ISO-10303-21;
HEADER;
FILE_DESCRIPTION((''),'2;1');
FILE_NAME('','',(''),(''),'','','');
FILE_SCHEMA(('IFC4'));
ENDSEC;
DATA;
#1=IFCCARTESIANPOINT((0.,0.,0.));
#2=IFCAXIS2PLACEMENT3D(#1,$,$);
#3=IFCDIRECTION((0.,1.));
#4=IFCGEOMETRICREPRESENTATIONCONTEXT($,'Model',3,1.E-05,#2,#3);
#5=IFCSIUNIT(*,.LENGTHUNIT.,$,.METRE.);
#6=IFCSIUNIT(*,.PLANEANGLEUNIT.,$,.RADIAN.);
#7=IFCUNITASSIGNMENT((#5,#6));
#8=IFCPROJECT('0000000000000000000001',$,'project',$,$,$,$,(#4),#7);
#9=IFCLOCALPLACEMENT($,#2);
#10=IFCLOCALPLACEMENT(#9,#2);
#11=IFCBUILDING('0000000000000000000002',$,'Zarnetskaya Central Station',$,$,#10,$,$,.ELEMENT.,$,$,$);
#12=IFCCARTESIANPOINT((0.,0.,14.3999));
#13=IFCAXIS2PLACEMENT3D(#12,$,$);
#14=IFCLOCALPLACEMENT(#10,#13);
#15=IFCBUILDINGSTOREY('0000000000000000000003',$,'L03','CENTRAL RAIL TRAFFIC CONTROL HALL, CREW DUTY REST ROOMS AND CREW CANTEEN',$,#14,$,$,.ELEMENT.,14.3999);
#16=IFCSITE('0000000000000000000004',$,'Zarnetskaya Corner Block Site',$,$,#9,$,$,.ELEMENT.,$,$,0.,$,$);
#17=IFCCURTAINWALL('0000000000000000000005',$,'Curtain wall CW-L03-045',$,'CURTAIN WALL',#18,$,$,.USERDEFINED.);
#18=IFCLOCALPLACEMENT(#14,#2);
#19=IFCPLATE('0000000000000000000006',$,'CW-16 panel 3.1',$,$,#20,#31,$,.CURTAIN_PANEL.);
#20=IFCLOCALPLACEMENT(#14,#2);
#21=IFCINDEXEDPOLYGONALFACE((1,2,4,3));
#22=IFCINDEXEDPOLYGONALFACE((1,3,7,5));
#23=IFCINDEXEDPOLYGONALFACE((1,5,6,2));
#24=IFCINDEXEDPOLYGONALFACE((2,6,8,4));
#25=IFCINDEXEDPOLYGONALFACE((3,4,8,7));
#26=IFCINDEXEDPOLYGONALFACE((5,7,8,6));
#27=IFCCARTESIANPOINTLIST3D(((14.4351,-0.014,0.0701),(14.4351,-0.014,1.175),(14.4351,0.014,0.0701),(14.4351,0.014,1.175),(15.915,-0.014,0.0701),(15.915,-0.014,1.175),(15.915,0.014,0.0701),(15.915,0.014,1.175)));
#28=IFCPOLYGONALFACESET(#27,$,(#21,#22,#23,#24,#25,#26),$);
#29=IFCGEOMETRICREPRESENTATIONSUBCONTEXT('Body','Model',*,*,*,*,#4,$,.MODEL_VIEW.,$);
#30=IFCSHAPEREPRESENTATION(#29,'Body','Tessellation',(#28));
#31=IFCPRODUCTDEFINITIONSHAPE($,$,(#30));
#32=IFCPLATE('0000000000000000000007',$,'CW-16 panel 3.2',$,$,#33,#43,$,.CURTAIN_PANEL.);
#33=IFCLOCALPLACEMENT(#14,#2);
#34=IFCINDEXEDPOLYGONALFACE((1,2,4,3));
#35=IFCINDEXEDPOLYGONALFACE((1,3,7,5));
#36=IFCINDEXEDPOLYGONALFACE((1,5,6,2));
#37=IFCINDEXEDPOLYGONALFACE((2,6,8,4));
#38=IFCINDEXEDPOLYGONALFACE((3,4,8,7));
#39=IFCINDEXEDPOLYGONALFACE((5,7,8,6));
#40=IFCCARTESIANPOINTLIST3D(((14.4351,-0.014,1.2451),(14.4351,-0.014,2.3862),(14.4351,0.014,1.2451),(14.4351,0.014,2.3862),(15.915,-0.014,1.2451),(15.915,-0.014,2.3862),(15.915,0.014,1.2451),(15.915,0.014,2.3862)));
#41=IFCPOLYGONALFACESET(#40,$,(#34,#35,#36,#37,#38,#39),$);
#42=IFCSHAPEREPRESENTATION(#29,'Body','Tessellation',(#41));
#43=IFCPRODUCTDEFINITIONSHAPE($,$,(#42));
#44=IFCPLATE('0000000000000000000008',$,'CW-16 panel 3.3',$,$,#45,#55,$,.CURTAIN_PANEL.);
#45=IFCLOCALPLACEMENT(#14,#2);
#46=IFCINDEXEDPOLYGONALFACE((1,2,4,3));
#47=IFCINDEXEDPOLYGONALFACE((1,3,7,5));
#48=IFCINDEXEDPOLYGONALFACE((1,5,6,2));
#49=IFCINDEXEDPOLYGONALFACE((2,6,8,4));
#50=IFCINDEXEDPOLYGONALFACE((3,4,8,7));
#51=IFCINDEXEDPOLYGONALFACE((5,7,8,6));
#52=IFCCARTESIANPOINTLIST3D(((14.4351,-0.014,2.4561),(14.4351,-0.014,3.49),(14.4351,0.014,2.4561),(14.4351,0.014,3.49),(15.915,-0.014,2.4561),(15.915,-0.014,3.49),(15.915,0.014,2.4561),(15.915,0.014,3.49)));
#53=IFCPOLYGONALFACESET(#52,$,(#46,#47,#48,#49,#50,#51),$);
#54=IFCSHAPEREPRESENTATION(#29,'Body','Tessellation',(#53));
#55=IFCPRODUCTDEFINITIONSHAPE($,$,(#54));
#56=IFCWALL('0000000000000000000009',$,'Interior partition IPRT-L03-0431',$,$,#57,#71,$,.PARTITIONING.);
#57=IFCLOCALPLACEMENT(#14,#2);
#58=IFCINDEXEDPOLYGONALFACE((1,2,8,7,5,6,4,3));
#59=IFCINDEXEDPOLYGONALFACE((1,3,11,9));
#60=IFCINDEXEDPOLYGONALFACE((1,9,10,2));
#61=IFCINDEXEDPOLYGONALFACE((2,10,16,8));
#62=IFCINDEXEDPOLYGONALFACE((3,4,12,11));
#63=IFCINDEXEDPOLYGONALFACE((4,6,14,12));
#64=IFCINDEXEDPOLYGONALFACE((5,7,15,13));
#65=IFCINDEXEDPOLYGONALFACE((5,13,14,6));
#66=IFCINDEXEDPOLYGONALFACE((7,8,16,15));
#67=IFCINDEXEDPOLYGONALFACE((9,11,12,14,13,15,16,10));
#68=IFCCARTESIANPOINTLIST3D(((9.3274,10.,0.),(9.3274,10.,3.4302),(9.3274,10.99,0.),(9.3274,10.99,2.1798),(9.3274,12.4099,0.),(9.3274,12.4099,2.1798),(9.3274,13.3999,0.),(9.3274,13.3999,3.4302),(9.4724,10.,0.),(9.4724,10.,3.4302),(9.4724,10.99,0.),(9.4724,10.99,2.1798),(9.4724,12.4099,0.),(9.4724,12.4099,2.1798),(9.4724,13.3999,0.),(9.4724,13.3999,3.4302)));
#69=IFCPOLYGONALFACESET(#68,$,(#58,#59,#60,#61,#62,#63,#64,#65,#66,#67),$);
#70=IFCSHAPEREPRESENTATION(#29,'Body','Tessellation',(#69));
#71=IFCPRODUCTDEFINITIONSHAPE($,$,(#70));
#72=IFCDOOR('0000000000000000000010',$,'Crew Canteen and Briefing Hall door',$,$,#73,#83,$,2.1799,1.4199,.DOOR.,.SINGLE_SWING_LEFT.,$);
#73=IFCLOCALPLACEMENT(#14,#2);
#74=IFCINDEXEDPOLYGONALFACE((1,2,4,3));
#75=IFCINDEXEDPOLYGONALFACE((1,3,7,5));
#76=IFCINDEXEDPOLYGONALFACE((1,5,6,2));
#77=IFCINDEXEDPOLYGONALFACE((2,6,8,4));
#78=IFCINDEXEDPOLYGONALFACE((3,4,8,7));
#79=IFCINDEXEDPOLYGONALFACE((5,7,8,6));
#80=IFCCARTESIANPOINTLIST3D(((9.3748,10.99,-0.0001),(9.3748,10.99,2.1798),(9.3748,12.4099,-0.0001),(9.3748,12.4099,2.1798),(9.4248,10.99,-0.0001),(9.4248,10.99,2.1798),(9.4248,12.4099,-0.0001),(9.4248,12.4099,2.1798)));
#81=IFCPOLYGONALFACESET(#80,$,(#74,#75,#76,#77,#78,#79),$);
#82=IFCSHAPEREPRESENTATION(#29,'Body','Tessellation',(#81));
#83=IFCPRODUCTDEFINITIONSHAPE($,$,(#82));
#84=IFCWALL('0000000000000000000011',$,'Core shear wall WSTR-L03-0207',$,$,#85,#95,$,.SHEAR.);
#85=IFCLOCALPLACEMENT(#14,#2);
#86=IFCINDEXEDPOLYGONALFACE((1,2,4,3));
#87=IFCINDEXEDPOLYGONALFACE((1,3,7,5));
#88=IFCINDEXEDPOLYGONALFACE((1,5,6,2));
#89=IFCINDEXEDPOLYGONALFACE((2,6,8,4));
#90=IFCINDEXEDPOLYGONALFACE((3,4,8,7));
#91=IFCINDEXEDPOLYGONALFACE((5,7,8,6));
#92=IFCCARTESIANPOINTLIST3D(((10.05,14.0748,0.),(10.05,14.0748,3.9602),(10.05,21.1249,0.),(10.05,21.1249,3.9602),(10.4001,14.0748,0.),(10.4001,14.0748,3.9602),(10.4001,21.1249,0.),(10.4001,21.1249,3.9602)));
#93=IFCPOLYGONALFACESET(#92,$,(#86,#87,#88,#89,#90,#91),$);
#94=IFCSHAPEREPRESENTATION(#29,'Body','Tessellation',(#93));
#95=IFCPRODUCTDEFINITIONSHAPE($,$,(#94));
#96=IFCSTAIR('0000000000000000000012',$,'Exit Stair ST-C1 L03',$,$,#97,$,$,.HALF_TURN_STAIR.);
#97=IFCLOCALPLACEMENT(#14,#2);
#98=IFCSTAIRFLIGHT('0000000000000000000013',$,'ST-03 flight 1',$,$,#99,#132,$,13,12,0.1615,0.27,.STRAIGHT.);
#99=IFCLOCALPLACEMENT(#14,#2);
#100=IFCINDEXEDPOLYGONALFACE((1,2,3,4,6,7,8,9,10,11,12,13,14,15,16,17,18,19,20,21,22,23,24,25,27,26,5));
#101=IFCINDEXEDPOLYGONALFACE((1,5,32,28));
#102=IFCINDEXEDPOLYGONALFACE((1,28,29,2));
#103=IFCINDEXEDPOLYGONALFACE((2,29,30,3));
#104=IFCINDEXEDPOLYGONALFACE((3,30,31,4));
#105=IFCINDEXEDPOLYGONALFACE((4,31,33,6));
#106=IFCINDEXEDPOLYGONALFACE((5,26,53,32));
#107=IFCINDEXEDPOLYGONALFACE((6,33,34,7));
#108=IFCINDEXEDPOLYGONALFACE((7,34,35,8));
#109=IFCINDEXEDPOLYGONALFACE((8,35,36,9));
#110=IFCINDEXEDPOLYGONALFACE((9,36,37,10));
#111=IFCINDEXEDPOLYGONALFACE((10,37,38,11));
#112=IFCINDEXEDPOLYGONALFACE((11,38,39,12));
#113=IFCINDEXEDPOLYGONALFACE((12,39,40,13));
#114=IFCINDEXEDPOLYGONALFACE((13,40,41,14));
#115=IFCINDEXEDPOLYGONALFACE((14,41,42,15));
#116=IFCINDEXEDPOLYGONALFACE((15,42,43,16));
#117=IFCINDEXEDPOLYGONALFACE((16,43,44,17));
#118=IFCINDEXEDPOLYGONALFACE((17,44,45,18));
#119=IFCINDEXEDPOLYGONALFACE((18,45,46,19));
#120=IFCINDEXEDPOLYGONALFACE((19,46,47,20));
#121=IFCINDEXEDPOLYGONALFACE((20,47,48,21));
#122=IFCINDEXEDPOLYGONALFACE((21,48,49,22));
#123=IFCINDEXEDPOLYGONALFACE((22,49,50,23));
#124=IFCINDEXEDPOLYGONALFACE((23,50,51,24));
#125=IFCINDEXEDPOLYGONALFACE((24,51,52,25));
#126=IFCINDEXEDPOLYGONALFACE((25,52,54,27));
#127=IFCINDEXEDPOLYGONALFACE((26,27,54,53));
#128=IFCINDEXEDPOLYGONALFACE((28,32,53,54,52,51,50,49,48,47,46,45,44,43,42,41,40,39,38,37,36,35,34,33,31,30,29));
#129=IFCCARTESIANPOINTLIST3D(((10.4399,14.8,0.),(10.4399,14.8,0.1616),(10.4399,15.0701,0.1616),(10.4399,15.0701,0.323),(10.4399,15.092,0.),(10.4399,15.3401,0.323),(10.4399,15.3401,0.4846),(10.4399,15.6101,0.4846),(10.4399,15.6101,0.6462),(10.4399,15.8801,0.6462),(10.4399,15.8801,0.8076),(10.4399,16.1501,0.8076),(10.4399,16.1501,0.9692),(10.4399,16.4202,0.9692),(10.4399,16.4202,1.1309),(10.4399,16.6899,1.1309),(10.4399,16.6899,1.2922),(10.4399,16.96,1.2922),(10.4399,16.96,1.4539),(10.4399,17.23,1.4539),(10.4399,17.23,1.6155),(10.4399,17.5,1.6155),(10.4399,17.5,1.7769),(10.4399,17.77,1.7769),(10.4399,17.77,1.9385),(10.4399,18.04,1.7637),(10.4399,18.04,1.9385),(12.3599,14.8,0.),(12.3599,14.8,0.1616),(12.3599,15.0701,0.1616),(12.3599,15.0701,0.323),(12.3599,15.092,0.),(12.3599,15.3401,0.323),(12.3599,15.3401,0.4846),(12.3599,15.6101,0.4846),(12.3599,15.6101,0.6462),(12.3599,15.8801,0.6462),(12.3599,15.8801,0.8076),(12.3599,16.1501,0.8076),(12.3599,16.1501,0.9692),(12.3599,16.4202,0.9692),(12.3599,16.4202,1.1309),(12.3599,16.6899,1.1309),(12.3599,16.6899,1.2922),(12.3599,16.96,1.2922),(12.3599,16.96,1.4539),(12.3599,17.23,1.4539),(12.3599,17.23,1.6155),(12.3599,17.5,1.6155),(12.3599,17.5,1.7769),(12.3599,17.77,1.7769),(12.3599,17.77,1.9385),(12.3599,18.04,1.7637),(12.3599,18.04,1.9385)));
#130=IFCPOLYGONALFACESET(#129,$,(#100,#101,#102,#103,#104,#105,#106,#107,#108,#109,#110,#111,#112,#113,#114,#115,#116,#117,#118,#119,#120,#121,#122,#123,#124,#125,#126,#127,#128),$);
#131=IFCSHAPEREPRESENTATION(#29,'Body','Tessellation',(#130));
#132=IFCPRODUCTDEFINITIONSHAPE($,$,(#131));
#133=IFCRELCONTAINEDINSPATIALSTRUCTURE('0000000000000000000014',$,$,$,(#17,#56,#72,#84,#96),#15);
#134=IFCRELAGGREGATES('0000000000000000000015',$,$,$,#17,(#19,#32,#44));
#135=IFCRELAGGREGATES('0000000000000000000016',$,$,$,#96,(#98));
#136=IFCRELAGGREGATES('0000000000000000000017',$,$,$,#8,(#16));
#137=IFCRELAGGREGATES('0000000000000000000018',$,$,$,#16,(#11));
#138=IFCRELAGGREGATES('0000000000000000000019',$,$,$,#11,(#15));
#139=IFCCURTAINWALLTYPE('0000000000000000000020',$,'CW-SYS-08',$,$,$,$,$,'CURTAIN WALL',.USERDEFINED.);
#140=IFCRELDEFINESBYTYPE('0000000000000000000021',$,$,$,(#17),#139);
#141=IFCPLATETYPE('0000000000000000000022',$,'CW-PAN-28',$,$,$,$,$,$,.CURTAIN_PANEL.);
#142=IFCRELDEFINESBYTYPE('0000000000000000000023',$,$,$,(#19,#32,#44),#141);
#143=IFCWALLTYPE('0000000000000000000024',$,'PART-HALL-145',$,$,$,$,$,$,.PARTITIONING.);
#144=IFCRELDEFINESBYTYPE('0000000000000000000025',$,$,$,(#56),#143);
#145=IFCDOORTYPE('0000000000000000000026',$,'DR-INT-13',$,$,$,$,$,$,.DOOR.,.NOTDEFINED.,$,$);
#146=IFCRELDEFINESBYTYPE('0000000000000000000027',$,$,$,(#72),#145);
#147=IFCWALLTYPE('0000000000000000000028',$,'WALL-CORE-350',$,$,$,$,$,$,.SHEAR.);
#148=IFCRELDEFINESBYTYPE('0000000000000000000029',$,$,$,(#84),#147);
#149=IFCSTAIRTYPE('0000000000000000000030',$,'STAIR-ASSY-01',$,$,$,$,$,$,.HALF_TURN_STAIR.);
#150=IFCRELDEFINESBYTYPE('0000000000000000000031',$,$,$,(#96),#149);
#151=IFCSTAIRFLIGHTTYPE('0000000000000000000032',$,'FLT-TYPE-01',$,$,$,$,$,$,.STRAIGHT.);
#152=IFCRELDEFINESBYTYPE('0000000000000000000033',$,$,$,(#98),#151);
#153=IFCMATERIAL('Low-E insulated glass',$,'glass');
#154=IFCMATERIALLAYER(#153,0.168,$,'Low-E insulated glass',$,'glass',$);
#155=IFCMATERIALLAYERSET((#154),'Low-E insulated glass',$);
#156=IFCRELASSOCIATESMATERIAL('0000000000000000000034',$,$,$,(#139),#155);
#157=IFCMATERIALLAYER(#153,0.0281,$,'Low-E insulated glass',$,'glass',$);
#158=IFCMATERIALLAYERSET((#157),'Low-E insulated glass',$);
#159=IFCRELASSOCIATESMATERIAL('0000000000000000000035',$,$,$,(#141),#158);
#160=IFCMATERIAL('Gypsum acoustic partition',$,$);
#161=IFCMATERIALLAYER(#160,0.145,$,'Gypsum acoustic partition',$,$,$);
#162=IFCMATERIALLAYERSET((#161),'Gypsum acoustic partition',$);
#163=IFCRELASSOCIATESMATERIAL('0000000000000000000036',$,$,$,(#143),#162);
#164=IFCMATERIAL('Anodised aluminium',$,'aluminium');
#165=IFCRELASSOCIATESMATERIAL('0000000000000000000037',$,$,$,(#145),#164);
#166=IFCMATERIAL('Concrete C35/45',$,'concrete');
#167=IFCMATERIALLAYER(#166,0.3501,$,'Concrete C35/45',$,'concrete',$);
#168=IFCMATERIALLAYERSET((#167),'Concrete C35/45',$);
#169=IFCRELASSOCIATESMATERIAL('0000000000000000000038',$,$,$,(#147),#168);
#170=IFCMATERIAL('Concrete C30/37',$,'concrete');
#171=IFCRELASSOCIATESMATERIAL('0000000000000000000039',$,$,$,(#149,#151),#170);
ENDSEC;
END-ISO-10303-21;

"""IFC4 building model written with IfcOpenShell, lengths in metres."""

from ifc_helpers import new_model, si_unit, direction, frame, frame_2d, origin, origin_2d, place, context, subcontext, project, spatial, polyline, rectangle, outline, extrude, material, layer, layer_set, type_object, element, fill, aggregate, save


model = new_model("IFC4")

# Units and contexts
model_context = context("Model", 3, precision=1e-05, world=origin(), true_north=direction((0.0, 1.0)))
body_context = subcontext(model_context, "Body", "Model", "MODEL_VIEW")
ifc_project = project(units=[si_unit("LENGTHUNIT", "METRE"), si_unit("PLANEANGLEUNIT", "RADIAN")], contexts=[model_context])

# Site, building, storey
site_placement = place(None, origin())
site = spatial("IfcSite", under=ifc_project, at=site_placement, Name="Zarnetskaya Corner Block Site", CompositionType="ELEMENT", RefElevation=0.0)
building_placement = place(site_placement, origin())
building = spatial("IfcBuilding", under=site, at=building_placement, Name="Zarnetskaya Central Station", CompositionType="ELEMENT")
storey_placement = place(building_placement, frame((0.0, 0.0, 14.3999)))
storey = spatial("IfcBuildingStorey", under=building, at=storey_placement, Name="L03", Description="CENTRAL RAIL TRAFFIC CONTROL HALL, CREW DUTY REST ROOMS AND CREW CANTEEN", CompositionType="ELEMENT", Elevation=14.3999)

# Curtain wall
ifc_material_1 = material(Name="Low-E insulated glass", Category="glass")
ifc_layer_1 = layer(ifc_material_1, 0.168, Name="Low-E insulated glass", Category="glass")
ifc_layer_set_1 = layer_set([ifc_layer_1], Name="Low-E insulated glass")
curtain_wall_type = type_object("IfcCurtainWallType", Name="CW-SYS-08", ElementType="CURTAIN WALL", PredefinedType="USERDEFINED", material=ifc_layer_set_1)
curtain_wall_placement = place(storey_placement, origin())
curtain_wall = element("IfcCurtainWall", 1, at=curtain_wall_placement, inside=storey, type_object=curtain_wall_type, Name="Curtain wall CW-L03-045", ObjectType="CURTAIN WALL", PredefinedType="USERDEFINED")
ifc_material_2 = material(Name="Anodised aluminium", Category="aluminium")

# Plates
ifc_layer_2 = layer(ifc_material_1, 0.0281, Name="Low-E insulated glass", Category="glass")
ifc_layer_set_2 = layer_set([ifc_layer_2], Name="Low-E insulated glass")
plate_type = type_object("IfcPlateType", Name="CW-PAN-28", PredefinedType="CURTAIN_PANEL", material=ifc_layer_set_2)
plate_1_placement = place(storey_placement, frame((15.175, 0.0, 0.0701), z_axis=(0.0, 0.0, 1.0), x_axis=(-1.0, 0.0, 0.0)))
plate_1 = element("IfcPlate", 2, at=plate_1_placement, type_object=plate_type, Name="CW-16 panel 3.1", PredefinedType="CURTAIN_PANEL", context=body_context, shape_type="SweptSolid", body=[
    extrude(rectangle(XDim=1.48, YDim=0.0281, at=origin_2d()), origin(), (0.0, 0.0, 1.0), 1.105),
])
plate_2_placement = place(storey_placement, frame((15.175, 0.0, 1.2451), z_axis=(0.0, 0.0, 1.0), x_axis=(-1.0, 0.0, 0.0)))
plate_2 = element("IfcPlate", 3, at=plate_2_placement, type_object=plate_type, Name="CW-16 panel 3.2", PredefinedType="CURTAIN_PANEL", context=body_context, shape_type="SweptSolid", body=[
    extrude(rectangle(XDim=1.48, YDim=0.0281, at=origin_2d()), origin(), (0.0, 0.0, 1.0), 1.1411),
])
plate_3_placement = place(storey_placement, frame((15.175, 0.0, 2.4561), z_axis=(0.0, 0.0, 1.0), x_axis=(-1.0, 0.0, 0.0)))
plate_3 = element("IfcPlate", 4, at=plate_3_placement, type_object=plate_type, Name="CW-16 panel 3.3", PredefinedType="CURTAIN_PANEL", context=body_context, shape_type="SweptSolid", body=[
    extrude(rectangle(XDim=1.48, YDim=0.0281, at=origin_2d()), origin(), (0.0, 0.0, 1.0), 1.0339),
])
aggregate(curtain_wall, [plate_1, plate_2, plate_3])

# Wall, opening, door
ifc_material_3 = material(Name="Gypsum acoustic partition")
ifc_layer_3 = layer(ifc_material_3, 0.145, Name="Gypsum acoustic partition")
ifc_layer_set_3 = layer_set([ifc_layer_3], Name="Gypsum acoustic partition")
wall_type_1 = type_object("IfcWallType", Name="PART-HALL-145", PredefinedType="PARTITIONING", material=ifc_layer_set_3)
wall_1_placement = place(storey_placement, frame((9.3999, 13.3999, 0.0), z_axis=(0.0, 0.0, 1.0), x_axis=(0.0, -1.0, 0.0)))
wall_1 = element("IfcWall", 5, at=wall_1_placement, inside=storey, type_object=wall_type_1, Name="Interior partition IPRT-L03-0431", PredefinedType="PARTITIONING", context=body_context, shape_type="SweptSolid", body=[
    extrude(rectangle(XDim=3.3999, YDim=0.145, at=frame_2d((1.7, 0.0))), origin(), (0.0, 0.0, 1.0), 3.4302),
])
opening_1_placement = place(wall_1_placement, frame((0.99, 0.0, 0.0)))
opening_1 = element("IfcOpeningElement", 6, at=opening_1_placement, cuts=wall_1, PredefinedType="OPENING", context=body_context, shape_type="SweptSolid", body=[
    extrude(rectangle(XDim=1.4199, YDim=2.1799, at=frame_2d((0.71, 1.0898))), frame((0.0, 0.0825, 0.0), z_axis=(0.0, -1.0, 0.0), x_axis=(1.0, 0.0, 0.0)), (0.0, 0.0, 1.0), 0.165),
])
door_type_1 = type_object("IfcDoorType", Name="DR-INT-13", OperationType="NOTDEFINED", PredefinedType="DOOR", material=ifc_material_2)
door_1_placement = place(opening_1_placement, origin())
door_1 = element("IfcDoor", 7, at=door_1_placement, inside=storey, type_object=door_type_1, Name="Crew Canteen and Briefing Hall door", OperationType="SINGLE_SWING_LEFT", OverallHeight=2.1799, OverallWidth=1.4199, PredefinedType="DOOR", context=body_context, shape_type="SweptSolid", body=[
    extrude(rectangle(XDim=1.4199, YDim=2.1799, at=frame_2d((0.71, 1.0898))), frame((0.0, 0.0249, 0.0), z_axis=(0.0, -1.0, 0.0), x_axis=(1.0, 0.0, 0.0)), (0.0, 0.0, 1.0), 0.05),
])
fill(opening_1, door_1)
ifc_material_4 = material(Name="Concrete C35/45", Category="concrete")
ifc_layer_4 = layer(ifc_material_4, 0.3501, Name="Concrete C35/45", Category="concrete")
ifc_layer_set_4 = layer_set([ifc_layer_4], Name="Concrete C35/45")
wall_type_2 = type_object("IfcWallType", Name="WALL-CORE-350", PredefinedType="SHEAR", material=ifc_layer_set_4)

# Wall
wall_2_placement = place(storey_placement, frame((10.2251, 14.075, 0.0), z_axis=(0.0, 0.0, 1.0), x_axis=(0.0, 1.0, 0.0)))
element("IfcWall", 8, at=wall_2_placement, inside=storey, type_object=wall_type_2, Name="Core shear wall WSTR-L03-0207", PredefinedType="SHEAR", context=body_context, shape_type="SweptSolid", body=[
    extrude(rectangle(XDim=7.05, YDim=0.3501, at=frame_2d((3.5249, 0.0))), origin(), (0.0, 0.0, 1.0), 3.9602),
])

# Stair, stair flight
ifc_material_5 = material(Name="Concrete C30/37", Category="concrete")
stair_type = type_object("IfcStairType", Name="STAIR-ASSY-01", PredefinedType="HALF_TURN_STAIR", material=ifc_material_5)
stair_placement = place(storey_placement, origin())
stair = element("IfcStair", 9, at=stair_placement, inside=storey, type_object=stair_type, Name="Exit Stair ST-C1 L03", PredefinedType="HALF_TURN_STAIR")
stair_flight_type = type_object("IfcStairFlightType", Name="FLT-TYPE-01", PredefinedType="STRAIGHT", material=ifc_material_5)
stair_flight_placement = place(storey_placement, frame((11.3999, 14.8, 0.0), z_axis=(0.0, 0.0, 1.0), x_axis=(0.0, 1.0, 0.0)))
stair_flight = element("IfcStairFlight", 10, at=stair_flight_placement, type_object=stair_flight_type, Name="ST-03 flight 1", NumberOfRisers=13, NumberOfTreads=12, PredefinedType="STRAIGHT", RiserHeight=0.1615, TreadLength=0.27, context=body_context, shape_type="SweptSolid", body=[
    extrude(outline(polyline([(0.0, 0.0), (0.0, 0.1616), (0.27, 0.1616), (0.27, 0.323), (0.54, 0.323), (0.54, 0.4846), (0.8101, 0.4846), (0.8101, 0.6462), (1.0801, 0.6462), (1.0801, 0.8076), (1.3501, 0.8076), (1.3501, 0.9692), (1.6201, 0.9692), (1.6201, 1.1309), (1.8899, 1.1309), (1.8899, 1.2922), (2.1599, 1.2922), (2.1599, 1.4539), (2.4299, 1.4539), (2.4299, 1.6155), (2.7, 1.6155), (2.7, 1.7769), (2.97, 1.7769), (2.97, 1.9385), (3.24, 1.9385), (3.24, 2.1001), (3.24, 1.7637), (0.292, 0.0), (0.0, 0.0)])), frame((0.0, 0.96, 0.0), z_axis=(0.0, -1.0, 0.0), x_axis=(1.0, 0.0, 0.0)), (0.0, 0.0, 1.0), 1.9199),
])
aggregate(stair, [stair_flight])

save(model, "model.ifc")
